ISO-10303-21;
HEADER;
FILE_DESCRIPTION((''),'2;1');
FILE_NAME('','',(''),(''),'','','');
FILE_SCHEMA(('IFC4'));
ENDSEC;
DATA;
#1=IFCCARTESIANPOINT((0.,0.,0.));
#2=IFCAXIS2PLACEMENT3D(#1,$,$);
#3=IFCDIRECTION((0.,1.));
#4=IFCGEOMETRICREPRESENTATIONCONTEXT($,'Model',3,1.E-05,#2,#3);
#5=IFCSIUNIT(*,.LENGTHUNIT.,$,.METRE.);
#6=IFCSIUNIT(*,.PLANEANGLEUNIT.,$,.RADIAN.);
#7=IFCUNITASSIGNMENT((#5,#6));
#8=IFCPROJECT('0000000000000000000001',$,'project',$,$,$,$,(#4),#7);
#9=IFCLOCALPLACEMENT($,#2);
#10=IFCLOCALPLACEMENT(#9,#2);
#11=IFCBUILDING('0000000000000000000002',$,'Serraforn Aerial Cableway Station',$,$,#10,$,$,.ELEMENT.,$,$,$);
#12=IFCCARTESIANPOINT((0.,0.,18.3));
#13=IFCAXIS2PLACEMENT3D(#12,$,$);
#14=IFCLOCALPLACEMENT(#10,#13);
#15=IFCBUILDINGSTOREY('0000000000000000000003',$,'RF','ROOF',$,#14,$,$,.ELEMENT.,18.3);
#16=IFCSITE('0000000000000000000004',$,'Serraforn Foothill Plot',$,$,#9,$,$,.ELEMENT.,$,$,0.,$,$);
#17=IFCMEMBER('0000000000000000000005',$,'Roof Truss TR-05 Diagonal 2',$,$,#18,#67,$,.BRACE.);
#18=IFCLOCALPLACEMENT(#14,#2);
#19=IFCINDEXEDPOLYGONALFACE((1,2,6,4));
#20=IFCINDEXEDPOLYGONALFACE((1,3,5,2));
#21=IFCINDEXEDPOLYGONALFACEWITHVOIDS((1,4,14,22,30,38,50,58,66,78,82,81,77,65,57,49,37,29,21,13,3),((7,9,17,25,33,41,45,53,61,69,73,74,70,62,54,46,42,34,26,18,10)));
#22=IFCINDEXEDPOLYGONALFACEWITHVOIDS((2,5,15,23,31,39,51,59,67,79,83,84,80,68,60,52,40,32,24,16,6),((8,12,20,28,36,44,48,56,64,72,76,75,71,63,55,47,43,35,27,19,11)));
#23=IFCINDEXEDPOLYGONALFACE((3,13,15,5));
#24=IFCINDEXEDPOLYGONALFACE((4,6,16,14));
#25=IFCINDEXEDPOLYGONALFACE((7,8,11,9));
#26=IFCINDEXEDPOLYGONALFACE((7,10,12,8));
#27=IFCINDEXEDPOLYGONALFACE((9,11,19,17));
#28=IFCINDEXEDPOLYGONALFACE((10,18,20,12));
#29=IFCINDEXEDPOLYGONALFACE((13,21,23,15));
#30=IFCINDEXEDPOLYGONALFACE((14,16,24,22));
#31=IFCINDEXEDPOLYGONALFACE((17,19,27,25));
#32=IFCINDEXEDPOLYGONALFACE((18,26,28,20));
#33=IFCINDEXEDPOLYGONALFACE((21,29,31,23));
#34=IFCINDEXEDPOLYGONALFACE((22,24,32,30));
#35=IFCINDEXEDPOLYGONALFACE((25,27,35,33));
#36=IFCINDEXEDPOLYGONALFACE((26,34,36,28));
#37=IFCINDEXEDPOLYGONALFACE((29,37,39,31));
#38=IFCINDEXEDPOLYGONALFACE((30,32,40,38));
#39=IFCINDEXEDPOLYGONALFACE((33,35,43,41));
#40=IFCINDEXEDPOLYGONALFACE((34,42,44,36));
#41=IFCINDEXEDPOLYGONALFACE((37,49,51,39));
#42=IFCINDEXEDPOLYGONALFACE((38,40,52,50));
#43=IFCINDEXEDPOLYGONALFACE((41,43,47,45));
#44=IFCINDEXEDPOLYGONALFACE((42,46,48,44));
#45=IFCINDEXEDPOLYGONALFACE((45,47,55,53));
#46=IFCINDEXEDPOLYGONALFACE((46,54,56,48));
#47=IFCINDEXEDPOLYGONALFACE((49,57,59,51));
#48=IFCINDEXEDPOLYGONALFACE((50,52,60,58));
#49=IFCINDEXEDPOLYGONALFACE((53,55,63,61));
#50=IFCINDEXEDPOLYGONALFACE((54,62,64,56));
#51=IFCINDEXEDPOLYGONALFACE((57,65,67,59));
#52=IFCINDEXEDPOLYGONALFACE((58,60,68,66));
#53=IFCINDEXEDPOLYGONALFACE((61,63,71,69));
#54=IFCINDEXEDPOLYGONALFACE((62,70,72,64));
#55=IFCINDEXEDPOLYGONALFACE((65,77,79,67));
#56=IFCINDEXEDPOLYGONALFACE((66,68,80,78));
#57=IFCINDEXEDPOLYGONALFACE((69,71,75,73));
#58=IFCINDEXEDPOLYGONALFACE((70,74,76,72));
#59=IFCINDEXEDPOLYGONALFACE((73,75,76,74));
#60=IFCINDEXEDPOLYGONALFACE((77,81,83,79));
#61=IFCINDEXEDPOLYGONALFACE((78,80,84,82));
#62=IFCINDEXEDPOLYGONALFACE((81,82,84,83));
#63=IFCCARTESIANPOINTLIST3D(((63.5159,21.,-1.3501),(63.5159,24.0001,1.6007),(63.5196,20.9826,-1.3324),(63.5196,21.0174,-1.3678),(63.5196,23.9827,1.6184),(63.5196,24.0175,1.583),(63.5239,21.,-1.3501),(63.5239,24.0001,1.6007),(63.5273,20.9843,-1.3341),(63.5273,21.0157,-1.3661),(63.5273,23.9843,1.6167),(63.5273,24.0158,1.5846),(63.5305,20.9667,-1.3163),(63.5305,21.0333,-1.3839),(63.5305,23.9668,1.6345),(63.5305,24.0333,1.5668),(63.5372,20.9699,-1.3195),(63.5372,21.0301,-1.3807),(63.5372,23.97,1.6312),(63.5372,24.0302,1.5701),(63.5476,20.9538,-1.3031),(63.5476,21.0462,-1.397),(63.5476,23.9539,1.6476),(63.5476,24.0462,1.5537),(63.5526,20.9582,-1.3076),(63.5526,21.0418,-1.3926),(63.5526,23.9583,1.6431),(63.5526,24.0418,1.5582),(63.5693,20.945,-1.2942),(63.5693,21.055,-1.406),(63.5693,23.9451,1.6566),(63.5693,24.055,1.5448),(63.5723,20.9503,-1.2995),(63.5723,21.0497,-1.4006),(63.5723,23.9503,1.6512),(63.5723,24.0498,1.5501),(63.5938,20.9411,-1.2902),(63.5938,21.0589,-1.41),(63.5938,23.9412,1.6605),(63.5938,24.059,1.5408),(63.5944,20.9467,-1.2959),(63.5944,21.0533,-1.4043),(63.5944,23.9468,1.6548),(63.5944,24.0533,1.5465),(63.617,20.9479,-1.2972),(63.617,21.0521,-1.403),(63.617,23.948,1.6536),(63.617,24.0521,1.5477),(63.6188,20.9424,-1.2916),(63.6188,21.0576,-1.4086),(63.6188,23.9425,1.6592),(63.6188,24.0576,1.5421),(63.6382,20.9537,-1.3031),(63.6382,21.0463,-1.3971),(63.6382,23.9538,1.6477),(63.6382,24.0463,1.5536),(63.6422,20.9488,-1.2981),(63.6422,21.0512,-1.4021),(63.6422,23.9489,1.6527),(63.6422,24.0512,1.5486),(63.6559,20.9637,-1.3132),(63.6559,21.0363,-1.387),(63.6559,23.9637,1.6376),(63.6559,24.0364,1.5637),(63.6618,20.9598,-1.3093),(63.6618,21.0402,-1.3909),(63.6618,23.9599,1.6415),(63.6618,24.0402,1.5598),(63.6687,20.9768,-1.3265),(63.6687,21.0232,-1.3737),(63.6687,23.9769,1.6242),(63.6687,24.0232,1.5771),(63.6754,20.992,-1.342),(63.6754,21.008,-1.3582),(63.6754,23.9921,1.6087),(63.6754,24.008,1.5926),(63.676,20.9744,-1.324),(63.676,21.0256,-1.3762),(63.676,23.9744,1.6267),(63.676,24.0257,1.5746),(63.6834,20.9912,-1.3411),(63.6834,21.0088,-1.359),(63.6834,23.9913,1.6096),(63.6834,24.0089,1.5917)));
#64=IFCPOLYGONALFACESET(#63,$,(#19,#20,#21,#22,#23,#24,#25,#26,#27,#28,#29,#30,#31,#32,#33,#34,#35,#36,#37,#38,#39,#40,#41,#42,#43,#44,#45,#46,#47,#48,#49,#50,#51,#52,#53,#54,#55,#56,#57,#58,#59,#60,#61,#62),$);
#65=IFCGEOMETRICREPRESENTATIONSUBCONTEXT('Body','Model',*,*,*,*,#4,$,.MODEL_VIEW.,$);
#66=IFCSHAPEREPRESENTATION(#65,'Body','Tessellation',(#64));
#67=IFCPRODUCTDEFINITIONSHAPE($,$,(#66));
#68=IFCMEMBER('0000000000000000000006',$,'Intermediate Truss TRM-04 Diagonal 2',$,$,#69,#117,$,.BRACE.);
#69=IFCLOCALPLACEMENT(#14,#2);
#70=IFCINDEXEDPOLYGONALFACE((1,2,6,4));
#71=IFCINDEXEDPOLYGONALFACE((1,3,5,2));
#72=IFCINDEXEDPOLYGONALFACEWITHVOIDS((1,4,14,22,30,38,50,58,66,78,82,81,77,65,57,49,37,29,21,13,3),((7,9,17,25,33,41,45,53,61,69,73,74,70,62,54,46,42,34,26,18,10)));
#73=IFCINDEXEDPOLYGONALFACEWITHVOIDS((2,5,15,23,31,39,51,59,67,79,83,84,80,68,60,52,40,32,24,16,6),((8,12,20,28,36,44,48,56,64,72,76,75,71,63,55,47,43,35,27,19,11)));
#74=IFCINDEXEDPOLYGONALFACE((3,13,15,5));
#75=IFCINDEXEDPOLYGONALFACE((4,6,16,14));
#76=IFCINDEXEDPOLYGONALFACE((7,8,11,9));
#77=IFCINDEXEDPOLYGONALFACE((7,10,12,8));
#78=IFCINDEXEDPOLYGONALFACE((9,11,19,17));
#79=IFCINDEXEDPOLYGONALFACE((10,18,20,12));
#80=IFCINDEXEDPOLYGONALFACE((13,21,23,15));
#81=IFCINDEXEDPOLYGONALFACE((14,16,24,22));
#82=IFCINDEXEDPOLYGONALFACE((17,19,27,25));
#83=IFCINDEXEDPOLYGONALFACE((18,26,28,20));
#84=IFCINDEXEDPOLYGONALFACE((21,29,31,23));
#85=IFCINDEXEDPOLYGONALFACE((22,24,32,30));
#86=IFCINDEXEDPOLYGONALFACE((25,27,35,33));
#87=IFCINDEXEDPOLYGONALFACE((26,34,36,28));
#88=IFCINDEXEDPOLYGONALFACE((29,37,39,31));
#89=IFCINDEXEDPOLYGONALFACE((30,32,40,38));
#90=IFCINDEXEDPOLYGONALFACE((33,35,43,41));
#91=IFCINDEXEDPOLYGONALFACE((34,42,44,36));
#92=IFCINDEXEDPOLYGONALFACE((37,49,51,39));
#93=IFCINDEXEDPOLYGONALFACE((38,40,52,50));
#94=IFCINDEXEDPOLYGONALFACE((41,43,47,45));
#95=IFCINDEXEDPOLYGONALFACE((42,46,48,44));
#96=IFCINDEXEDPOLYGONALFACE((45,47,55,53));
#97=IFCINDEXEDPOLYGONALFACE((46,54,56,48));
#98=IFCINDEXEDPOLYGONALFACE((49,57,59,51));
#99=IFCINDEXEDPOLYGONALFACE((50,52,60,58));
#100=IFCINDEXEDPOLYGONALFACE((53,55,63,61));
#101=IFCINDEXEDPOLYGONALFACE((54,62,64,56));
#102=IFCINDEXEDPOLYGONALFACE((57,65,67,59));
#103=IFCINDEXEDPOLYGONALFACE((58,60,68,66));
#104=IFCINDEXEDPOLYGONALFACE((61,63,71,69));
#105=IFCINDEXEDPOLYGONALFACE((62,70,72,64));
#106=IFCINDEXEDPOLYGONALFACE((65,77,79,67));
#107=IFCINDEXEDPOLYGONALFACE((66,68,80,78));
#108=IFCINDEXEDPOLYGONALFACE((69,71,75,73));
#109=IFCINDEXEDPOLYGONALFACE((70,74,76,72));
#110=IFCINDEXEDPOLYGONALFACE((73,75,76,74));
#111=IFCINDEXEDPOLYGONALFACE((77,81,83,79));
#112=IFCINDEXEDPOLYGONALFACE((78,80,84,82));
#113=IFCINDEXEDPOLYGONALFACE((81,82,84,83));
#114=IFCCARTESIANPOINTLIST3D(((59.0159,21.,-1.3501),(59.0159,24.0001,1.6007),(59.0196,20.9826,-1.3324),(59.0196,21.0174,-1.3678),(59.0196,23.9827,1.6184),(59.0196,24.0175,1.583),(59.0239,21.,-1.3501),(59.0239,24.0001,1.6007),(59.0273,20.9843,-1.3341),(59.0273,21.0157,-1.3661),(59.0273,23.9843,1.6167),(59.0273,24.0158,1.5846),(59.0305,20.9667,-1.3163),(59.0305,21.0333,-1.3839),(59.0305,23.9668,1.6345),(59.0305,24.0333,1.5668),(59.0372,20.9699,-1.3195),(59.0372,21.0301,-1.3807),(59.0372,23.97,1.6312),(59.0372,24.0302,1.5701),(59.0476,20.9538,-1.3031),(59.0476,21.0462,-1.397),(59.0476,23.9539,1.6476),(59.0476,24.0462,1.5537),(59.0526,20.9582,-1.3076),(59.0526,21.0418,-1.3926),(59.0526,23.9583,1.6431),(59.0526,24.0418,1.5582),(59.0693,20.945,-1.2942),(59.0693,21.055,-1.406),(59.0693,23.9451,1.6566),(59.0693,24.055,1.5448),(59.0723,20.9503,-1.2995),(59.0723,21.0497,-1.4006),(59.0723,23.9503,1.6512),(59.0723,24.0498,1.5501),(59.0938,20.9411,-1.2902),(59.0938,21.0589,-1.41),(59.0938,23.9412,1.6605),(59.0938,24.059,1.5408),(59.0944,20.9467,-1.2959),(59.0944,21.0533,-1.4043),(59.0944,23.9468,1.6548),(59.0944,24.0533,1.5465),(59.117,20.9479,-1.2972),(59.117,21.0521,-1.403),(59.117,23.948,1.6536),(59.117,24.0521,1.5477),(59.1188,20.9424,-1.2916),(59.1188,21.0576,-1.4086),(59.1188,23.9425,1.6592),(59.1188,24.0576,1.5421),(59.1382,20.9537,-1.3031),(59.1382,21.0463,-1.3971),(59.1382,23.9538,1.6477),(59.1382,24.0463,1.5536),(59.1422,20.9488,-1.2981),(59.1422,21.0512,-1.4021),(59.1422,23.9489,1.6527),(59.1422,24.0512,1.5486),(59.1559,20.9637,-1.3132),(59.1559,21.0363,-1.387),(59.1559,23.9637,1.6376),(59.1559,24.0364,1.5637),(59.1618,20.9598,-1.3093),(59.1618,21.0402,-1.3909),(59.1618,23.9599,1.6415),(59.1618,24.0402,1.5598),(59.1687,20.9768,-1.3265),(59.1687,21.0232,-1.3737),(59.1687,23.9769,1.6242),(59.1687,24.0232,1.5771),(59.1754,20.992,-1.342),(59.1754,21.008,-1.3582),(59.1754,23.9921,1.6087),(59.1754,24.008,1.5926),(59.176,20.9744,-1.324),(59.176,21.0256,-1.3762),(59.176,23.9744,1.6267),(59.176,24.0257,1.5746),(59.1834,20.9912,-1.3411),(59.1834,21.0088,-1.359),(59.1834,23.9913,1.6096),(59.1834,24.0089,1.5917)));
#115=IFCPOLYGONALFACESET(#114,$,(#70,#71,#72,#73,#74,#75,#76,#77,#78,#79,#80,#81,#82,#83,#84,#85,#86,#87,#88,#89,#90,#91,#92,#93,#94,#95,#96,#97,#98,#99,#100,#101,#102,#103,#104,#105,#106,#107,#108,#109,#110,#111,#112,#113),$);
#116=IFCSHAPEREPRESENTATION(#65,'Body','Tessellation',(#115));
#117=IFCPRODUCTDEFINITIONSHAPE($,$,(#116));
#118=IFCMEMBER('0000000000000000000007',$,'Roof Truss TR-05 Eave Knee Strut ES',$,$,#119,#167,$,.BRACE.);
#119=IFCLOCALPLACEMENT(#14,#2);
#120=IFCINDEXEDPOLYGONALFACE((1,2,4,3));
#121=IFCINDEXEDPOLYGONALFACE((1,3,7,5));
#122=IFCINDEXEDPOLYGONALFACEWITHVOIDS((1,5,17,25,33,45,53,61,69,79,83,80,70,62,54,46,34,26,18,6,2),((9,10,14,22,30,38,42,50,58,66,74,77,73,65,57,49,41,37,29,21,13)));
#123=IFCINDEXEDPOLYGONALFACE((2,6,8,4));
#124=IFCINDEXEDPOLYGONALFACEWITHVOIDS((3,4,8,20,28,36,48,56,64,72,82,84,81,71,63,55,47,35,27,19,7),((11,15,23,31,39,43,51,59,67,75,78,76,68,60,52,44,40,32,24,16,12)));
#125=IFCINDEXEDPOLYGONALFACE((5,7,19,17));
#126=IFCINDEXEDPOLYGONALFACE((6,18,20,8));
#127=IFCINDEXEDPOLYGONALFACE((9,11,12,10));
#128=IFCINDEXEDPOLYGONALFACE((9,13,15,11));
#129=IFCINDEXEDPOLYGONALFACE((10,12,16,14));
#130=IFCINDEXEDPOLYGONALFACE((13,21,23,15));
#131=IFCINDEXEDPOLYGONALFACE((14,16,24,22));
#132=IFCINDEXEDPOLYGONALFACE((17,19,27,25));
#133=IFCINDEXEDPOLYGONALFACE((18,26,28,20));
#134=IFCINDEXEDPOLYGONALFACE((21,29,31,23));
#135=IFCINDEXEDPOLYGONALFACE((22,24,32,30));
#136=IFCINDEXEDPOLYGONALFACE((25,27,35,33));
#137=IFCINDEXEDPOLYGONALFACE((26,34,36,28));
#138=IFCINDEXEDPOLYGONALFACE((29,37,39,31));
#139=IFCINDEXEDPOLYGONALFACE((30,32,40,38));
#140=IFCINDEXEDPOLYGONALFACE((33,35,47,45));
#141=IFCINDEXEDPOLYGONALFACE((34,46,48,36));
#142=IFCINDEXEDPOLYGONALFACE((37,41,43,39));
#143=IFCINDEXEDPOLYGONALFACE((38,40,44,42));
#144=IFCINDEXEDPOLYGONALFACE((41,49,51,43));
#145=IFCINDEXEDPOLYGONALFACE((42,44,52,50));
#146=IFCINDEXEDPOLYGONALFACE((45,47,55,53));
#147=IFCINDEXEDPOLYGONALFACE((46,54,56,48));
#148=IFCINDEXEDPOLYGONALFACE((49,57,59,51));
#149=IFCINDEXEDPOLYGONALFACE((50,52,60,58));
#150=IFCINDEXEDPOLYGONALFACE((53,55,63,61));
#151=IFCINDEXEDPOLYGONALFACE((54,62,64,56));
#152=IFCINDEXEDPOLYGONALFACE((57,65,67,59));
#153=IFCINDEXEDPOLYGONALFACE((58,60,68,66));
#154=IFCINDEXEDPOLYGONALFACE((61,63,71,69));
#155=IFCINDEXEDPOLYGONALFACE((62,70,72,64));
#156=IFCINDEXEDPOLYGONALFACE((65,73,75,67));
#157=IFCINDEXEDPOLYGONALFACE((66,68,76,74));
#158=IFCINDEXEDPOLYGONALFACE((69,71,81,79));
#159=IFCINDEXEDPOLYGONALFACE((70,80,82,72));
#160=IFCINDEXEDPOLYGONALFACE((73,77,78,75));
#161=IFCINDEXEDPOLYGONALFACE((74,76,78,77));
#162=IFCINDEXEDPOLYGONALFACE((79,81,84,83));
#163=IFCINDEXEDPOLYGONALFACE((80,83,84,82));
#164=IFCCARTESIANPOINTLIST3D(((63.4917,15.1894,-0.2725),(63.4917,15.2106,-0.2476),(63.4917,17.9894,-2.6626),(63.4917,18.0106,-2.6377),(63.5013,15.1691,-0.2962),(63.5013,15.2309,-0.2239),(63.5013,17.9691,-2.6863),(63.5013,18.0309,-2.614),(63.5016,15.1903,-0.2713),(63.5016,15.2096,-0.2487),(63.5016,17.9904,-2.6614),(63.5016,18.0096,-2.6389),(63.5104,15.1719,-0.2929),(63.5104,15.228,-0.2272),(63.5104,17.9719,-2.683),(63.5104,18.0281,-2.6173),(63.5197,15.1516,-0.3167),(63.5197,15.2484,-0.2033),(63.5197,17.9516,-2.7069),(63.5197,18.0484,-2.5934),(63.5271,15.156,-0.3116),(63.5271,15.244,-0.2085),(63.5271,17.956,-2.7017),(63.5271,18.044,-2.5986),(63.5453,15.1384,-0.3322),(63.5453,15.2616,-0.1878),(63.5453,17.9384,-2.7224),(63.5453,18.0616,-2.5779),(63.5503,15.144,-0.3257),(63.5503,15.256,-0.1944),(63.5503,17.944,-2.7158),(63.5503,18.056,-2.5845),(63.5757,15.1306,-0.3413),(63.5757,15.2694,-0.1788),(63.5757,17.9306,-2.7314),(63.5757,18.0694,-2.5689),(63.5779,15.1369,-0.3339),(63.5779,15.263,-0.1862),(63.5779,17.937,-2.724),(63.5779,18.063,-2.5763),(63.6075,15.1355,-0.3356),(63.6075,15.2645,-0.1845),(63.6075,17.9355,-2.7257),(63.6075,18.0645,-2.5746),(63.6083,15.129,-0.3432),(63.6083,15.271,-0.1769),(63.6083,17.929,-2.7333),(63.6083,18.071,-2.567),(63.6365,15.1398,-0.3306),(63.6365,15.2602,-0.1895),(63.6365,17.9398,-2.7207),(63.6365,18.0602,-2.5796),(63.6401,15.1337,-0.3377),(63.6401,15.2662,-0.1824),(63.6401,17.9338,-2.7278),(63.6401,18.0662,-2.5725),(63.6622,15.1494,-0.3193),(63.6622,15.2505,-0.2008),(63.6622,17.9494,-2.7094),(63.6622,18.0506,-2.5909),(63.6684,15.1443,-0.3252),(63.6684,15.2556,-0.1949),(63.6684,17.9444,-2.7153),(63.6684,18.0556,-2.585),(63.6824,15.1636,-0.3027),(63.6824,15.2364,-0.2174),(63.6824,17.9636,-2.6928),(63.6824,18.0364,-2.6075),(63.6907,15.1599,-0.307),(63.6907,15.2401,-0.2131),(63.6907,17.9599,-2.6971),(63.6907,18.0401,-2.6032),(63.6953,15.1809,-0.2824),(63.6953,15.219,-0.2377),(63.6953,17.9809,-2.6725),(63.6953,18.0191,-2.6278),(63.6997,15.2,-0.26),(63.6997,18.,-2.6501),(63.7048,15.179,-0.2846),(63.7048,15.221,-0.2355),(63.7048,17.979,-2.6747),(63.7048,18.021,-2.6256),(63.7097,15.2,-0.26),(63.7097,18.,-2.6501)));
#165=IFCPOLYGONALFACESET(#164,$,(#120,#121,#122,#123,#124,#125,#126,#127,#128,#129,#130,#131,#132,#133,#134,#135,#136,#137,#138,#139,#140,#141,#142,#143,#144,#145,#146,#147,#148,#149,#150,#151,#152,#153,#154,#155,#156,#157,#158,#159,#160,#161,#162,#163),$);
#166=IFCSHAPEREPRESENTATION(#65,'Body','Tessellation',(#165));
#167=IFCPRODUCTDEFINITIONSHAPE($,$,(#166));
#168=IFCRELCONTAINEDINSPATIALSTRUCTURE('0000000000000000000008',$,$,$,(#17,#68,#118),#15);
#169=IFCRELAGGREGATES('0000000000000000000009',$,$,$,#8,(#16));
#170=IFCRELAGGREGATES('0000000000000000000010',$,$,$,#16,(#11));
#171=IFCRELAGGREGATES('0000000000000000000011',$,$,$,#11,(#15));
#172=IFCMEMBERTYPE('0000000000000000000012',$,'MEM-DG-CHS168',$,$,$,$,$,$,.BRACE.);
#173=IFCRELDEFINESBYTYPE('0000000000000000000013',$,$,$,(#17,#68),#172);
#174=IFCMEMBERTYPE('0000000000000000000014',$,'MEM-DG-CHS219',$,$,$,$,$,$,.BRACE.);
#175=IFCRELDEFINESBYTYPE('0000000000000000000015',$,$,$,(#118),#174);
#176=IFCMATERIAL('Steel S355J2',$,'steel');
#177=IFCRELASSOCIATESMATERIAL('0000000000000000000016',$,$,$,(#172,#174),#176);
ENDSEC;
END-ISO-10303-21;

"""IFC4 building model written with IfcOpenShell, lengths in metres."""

from ifc_helpers import new_model, si_unit, direction, frame, origin, origin_2d, place, context, subcontext, project, spatial, hollow_circle, extrude, material, material_profile, profile_set, type_object, element, save


model = new_model("IFC4")

# Units and contexts
model_context = context("Model", 3, precision=1e-05, world=origin(), true_north=direction((0.0, 1.0)))
body_context = subcontext(model_context, "Body", "Model", "MODEL_VIEW")
ifc_project = project(units=[si_unit("LENGTHUNIT", "METRE"), si_unit("PLANEANGLEUNIT", "RADIAN")], contexts=[model_context])

# Site, building, storey
site_placement = place(None, origin())
site = spatial("IfcSite", under=ifc_project, at=site_placement, Name="Serraforn Foothill Plot", CompositionType="ELEMENT", RefElevation=0.0)
building_placement = place(site_placement, origin())
building = spatial("IfcBuilding", under=site, at=building_placement, Name="Serraforn Aerial Cableway Station", CompositionType="ELEMENT")
storey_placement = place(building_placement, frame((0.0, 0.0, 18.3)))
storey = spatial("IfcBuildingStorey", under=building, at=storey_placement, Name="RF", Description="ROOF", CompositionType="ELEMENT", Elevation=18.3)

# Shared definitions
ifc_material_1 = material(Name="Steel S355J2", Category="steel")

# Members
ifc_material_profile_1 = material_profile(ifc_material_1, hollow_circle(Radius=0.0842, WallThickness=0.0081, at=origin_2d()), Name="CHS 168.3x8.0")
ifc_profile_set_1 = profile_set([ifc_material_profile_1], Name="Steel S355J2")
member_type_1 = type_object("IfcMemberType", Name="MEM-DG-CHS168", PredefinedType="BRACE", material=ifc_profile_set_1)
for number, where, z_axis, x_axis, name in (
    (1, (63.6001, 21.0, -1.3501), (0.0, 0.712942, 0.701223), (-1.0, 0.0, 0.0), "Roof Truss TR-05 Diagonal 2"),
    (2, (59.1001, 21.0, -1.3501), (0.0, 0.712942, 0.701223), (-1.0, 0.0, 0.0), "Intermediate Truss TRM-04 Diagonal 2"),
):
    element("IfcMember", number, at=place(storey_placement, frame(where, z_axis=z_axis, x_axis=x_axis)), inside=storey, type_object=member_type_1, Name=name, PredefinedType="BRACE", context=body_context, shape_type="SweptSolid", body=[
        extrude(hollow_circle(Radius=0.0842, WallThickness=0.0081, at=origin_2d()), origin(), (0.0, 0.0, 1.0), 4.208),
    ])
ifc_material_profile_2 = material_profile(ifc_material_1, hollow_circle(Radius=0.1096, WallThickness=0.01, at=origin_2d()), Name="CHS 219.1x10.0")
ifc_profile_set_2 = profile_set([ifc_material_profile_2], Name="Steel S355J2")
member_type_2 = type_object("IfcMemberType", Name="MEM-DG-CHS219", PredefinedType="BRACE", material=ifc_profile_set_2)
member_1_placement = place(storey_placement, frame((63.6001, 18.0, -2.6501), z_axis=(0.0, -0.760584, 0.649239), x_axis=(1.0, 0.0, 0.0)))
element("IfcMember", 3, at=member_1_placement, inside=storey, type_object=member_type_2, Name="Roof Truss TR-05 Eave Knee Strut ES", PredefinedType="BRACE", context=body_context, shape_type="SweptSolid", body=[
    extrude(hollow_circle(Radius=0.1096, WallThickness=0.01, at=origin_2d()), origin(), (0.0, 0.0, 1.0), 3.6814),
])

save(model, "model.ifc")
